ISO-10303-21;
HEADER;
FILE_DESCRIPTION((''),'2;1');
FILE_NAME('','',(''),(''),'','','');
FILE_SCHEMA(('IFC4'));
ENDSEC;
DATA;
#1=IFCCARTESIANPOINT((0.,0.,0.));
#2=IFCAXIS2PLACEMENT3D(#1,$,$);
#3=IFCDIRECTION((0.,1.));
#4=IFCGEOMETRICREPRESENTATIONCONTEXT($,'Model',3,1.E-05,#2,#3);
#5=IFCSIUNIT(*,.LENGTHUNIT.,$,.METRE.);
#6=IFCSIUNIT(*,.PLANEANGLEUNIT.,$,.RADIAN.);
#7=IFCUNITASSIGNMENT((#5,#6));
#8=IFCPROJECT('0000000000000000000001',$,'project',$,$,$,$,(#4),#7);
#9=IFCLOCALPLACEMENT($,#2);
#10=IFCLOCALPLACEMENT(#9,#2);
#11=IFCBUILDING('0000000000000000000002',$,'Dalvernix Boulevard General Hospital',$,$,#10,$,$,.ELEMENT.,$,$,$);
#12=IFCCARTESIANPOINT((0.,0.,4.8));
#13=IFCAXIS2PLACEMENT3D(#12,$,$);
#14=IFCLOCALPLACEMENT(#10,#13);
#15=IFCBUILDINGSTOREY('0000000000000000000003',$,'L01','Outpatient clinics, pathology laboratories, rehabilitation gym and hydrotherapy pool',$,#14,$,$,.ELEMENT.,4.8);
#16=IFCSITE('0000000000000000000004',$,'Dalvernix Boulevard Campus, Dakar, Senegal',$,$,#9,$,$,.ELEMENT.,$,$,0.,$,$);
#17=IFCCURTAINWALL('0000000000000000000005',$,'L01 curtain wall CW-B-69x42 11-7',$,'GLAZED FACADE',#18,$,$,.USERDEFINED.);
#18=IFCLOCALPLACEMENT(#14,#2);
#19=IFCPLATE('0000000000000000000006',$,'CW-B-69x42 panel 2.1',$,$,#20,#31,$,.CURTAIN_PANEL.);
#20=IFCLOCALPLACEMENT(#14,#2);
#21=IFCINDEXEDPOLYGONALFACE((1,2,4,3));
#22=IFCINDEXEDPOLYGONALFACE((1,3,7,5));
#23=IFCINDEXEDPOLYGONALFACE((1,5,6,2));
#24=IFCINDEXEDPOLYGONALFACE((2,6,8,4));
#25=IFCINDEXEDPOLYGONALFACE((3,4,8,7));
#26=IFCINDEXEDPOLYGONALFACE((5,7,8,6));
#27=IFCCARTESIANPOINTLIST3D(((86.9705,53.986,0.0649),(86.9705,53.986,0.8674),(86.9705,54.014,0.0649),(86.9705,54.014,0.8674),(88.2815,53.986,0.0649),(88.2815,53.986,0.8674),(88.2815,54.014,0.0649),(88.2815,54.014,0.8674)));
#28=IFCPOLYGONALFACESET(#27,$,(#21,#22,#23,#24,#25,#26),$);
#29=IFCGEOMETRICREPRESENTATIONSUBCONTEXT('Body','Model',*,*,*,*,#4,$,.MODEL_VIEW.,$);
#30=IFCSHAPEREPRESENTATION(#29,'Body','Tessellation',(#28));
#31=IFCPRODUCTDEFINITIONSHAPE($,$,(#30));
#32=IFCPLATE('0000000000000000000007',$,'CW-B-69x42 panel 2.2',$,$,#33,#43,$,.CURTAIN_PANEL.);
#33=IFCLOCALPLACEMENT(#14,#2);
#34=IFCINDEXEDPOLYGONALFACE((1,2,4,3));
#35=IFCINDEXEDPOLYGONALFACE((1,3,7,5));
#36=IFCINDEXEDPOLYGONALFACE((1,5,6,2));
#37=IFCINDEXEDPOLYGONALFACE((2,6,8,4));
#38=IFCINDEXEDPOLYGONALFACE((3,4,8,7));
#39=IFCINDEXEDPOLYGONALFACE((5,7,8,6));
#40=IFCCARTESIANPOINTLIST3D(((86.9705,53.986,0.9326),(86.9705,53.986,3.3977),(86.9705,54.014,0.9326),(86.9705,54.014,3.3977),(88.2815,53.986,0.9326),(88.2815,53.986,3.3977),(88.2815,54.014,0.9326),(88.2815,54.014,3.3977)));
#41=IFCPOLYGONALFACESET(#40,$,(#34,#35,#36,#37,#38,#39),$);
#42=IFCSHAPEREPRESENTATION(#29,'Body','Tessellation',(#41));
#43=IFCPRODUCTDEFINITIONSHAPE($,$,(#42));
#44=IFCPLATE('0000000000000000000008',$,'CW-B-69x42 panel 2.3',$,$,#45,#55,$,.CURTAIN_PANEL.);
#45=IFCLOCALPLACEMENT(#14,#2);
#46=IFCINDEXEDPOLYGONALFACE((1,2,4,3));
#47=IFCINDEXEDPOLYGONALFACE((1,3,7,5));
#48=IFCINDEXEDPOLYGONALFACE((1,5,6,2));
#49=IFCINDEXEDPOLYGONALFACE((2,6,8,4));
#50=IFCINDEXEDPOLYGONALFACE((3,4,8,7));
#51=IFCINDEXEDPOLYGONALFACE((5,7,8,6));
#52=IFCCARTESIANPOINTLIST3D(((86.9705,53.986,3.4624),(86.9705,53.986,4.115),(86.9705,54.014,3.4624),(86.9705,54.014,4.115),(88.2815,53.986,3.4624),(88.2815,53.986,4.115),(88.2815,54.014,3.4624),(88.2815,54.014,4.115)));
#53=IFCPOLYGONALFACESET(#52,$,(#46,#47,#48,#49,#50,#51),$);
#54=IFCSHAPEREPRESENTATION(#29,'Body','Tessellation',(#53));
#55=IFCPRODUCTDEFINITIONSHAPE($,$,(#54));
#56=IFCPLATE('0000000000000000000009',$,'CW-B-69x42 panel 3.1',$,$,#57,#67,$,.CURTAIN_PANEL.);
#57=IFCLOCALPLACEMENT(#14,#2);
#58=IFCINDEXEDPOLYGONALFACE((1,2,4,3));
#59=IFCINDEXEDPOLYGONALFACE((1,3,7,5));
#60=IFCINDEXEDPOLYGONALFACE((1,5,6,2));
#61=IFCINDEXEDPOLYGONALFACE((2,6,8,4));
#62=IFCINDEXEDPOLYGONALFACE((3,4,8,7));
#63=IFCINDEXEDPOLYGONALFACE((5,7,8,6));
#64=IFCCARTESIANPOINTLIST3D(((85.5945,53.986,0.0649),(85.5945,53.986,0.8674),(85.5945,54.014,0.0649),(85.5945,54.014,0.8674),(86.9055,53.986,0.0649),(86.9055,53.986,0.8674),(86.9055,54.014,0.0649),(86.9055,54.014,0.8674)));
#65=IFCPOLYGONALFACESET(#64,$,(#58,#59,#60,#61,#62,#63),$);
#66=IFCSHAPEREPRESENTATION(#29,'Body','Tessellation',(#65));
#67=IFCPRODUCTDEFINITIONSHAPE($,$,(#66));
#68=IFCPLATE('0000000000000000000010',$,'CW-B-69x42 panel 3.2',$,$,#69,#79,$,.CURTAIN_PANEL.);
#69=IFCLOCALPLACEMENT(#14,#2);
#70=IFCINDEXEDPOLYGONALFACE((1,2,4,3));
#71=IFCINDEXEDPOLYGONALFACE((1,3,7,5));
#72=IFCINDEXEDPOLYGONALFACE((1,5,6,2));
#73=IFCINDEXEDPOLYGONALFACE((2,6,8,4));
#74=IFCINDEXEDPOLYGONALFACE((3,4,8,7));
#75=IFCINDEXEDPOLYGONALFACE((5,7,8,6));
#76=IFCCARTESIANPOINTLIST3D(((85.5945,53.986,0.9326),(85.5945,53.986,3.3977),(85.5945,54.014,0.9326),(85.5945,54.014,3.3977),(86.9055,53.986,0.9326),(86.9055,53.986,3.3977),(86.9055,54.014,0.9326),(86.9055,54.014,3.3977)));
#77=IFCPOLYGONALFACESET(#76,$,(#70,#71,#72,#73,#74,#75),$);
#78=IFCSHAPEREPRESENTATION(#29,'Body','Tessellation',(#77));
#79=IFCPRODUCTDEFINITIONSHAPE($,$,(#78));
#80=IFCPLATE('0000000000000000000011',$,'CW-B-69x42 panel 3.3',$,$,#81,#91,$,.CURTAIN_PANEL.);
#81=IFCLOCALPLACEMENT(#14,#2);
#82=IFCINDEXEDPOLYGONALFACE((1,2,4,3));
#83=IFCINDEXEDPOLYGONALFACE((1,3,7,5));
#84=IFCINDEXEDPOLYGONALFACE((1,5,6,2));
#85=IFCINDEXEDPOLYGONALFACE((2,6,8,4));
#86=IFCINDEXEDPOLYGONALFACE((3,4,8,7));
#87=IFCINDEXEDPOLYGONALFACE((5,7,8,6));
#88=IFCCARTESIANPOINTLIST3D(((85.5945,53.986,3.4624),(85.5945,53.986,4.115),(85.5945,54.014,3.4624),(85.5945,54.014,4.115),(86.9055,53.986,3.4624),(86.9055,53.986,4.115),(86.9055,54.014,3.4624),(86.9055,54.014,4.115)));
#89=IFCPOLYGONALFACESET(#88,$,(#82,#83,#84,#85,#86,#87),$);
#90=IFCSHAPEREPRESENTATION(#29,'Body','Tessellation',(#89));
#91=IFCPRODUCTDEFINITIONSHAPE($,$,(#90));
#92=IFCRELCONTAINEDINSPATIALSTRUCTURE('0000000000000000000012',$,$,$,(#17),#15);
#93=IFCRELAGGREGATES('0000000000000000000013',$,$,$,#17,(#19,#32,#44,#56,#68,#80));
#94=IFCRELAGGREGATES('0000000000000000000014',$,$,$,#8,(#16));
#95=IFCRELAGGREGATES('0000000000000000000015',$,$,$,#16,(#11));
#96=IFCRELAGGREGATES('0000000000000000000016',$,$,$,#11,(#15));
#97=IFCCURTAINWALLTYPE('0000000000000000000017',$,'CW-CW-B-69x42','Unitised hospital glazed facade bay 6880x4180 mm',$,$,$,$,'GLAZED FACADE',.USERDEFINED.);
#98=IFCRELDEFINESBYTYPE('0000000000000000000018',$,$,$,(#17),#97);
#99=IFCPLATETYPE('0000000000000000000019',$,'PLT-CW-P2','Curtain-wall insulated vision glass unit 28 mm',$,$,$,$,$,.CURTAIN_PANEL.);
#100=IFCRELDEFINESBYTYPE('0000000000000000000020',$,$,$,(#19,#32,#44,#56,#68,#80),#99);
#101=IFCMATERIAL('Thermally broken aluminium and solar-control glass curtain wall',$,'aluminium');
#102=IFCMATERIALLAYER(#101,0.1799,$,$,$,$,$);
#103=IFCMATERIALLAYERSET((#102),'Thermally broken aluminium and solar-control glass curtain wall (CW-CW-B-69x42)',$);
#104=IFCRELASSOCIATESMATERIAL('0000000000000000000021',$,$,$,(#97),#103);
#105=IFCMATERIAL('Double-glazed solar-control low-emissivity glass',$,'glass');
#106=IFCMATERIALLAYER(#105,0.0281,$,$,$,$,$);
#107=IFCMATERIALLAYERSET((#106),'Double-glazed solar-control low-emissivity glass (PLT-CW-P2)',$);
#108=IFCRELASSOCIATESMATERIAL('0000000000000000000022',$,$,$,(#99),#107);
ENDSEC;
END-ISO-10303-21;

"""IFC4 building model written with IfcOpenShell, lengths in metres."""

from ifc_helpers import new_model, si_unit, direction, frame, origin, origin_2d, place, context, subcontext, project, spatial, rectangle, extrude, material, layer, layer_set, type_object, element, aggregate, save


model = new_model("IFC4")

# Units and contexts
model_context = context("Model", 3, precision=1e-05, world=origin(), true_north=direction((0.0, 1.0)))
body_context = subcontext(model_context, "Body", "Model", "MODEL_VIEW")
ifc_project = project(units=[si_unit("LENGTHUNIT", "METRE"), si_unit("PLANEANGLEUNIT", "RADIAN")], contexts=[model_context])

# Site, building, storey
site_placement = place(None, origin())
site = spatial("IfcSite", under=ifc_project, at=site_placement, Name="Dalvernix Boulevard Campus, Dakar, Senegal", CompositionType="ELEMENT", RefElevation=0.0)
building_placement = place(site_placement, origin())
building = spatial("IfcBuilding", under=site, at=building_placement, Name="Dalvernix Boulevard General Hospital", CompositionType="ELEMENT")
storey_placement = place(building_placement, frame((0.0, 0.0, 4.8)))
storey = spatial("IfcBuildingStorey", under=building, at=storey_placement, Name="L01", Description="Outpatient clinics, pathology laboratories, rehabilitation gym and hydrotherapy pool", CompositionType="ELEMENT", Elevation=4.8)

# Curtain wall, plates
ifc_material_1 = material(Name="Thermally broken aluminium and solar-control glass curtain wall", Category="aluminium")
ifc_layer_1 = layer(ifc_material_1, 0.1799)
ifc_layer_set_1 = layer_set([ifc_layer_1], Name="Thermally broken aluminium and solar-control glass curtain wall (CW-CW-B-69x42)")
curtain_wall_type = type_object("IfcCurtainWallType", Name="CW-CW-B-69x42", Description="Unitised hospital glazed facade bay 6880x4180 mm", ElementType="GLAZED FACADE", PredefinedType="USERDEFINED", material=ifc_layer_set_1)
curtain_wall_placement = place(storey_placement, origin())
curtain_wall = element("IfcCurtainWall", 1, at=curtain_wall_placement, inside=storey, type_object=curtain_wall_type, Name="L01 curtain wall CW-B-69x42 11-7", ObjectType="GLAZED FACADE", PredefinedType="USERDEFINED")
ifc_material_2 = material(Name="Double-glazed solar-control low-emissivity glass", Category="glass")
ifc_layer_2 = layer(ifc_material_2, 0.0281)
ifc_layer_set_2 = layer_set([ifc_layer_2], Name="Double-glazed solar-control low-emissivity glass (PLT-CW-P2)")
plate_type = type_object("IfcPlateType", Name="PLT-CW-P2", Description="Curtain-wall insulated vision glass unit 28 mm", PredefinedType="CURTAIN_PANEL", material=ifc_layer_set_2)
plate_1_placement = place(storey_placement, frame((87.626, 54.0, 0.0649), z_axis=(0.0, 0.0, 1.0), x_axis=(-1.0, 0.0, 0.0)))
plate_1 = element("IfcPlate", 2, at=plate_1_placement, type_object=plate_type, Name="CW-B-69x42 panel 2.1", PredefinedType="CURTAIN_PANEL", context=body_context, shape_type="SweptSolid", body=[
    extrude(rectangle(XDim=1.311, YDim=0.0281, at=origin_2d()), origin(), (0.0, 0.0, 1.0), 0.8025),
])
plate_2_placement = place(storey_placement, frame((87.626, 54.0, 0.9326), z_axis=(0.0, 0.0, 1.0), x_axis=(-1.0, 0.0, 0.0)))
plate_2 = element("IfcPlate", 3, at=plate_2_placement, type_object=plate_type, Name="CW-B-69x42 panel 2.2", PredefinedType="CURTAIN_PANEL", context=body_context, shape_type="SweptSolid", body=[
    extrude(rectangle(XDim=1.311, YDim=0.0281, at=origin_2d()), origin(), (0.0, 0.0, 1.0), 2.4651),
])
plate_3_placement = place(storey_placement, frame((87.626, 54.0, 3.4624), z_axis=(0.0, 0.0, 1.0), x_axis=(-1.0, 0.0, 0.0)))
plate_3 = element("IfcPlate", 4, at=plate_3_placement, type_object=plate_type, Name="CW-B-69x42 panel 2.3", PredefinedType="CURTAIN_PANEL", context=body_context, shape_type="SweptSolid", body=[
    extrude(rectangle(XDim=1.311, YDim=0.0281, at=origin_2d()), origin(), (0.0, 0.0, 1.0), 0.6526),
])
plate_4_placement = place(storey_placement, frame((86.25, 54.0, 0.0649), z_axis=(0.0, 0.0, 1.0), x_axis=(-1.0, 0.0, 0.0)))
plate_4 = element("IfcPlate", 5, at=plate_4_placement, type_object=plate_type, Name="CW-B-69x42 panel 3.1", PredefinedType="CURTAIN_PANEL", context=body_context, shape_type="SweptSolid", body=[
    extrude(rectangle(XDim=1.311, YDim=0.0281, at=origin_2d()), origin(), (0.0, 0.0, 1.0), 0.8025),
])
plate_5_placement = place(storey_placement, frame((86.25, 54.0, 0.9326), z_axis=(0.0, 0.0, 1.0), x_axis=(-1.0, 0.0, 0.0)))
plate_5 = element("IfcPlate", 6, at=plate_5_placement, type_object=plate_type, Name="CW-B-69x42 panel 3.2", PredefinedType="CURTAIN_PANEL", context=body_context, shape_type="SweptSolid", body=[
    extrude(rectangle(XDim=1.311, YDim=0.0281, at=origin_2d()), origin(), (0.0, 0.0, 1.0), 2.4651),
])
plate_6_placement = place(storey_placement, frame((86.25, 54.0, 3.4624), z_axis=(0.0, 0.0, 1.0), x_axis=(-1.0, 0.0, 0.0)))
plate_6 = element("IfcPlate", 7, at=plate_6_placement, type_object=plate_type, Name="CW-B-69x42 panel 3.3", PredefinedType="CURTAIN_PANEL", context=body_context, shape_type="SweptSolid", body=[
    extrude(rectangle(XDim=1.311, YDim=0.0281, at=origin_2d()), origin(), (0.0, 0.0, 1.0), 0.6526),
])
aggregate(curtain_wall, [plate_1, plate_2, plate_3, plate_4, plate_5, plate_6])

save(model, "model.ifc")
